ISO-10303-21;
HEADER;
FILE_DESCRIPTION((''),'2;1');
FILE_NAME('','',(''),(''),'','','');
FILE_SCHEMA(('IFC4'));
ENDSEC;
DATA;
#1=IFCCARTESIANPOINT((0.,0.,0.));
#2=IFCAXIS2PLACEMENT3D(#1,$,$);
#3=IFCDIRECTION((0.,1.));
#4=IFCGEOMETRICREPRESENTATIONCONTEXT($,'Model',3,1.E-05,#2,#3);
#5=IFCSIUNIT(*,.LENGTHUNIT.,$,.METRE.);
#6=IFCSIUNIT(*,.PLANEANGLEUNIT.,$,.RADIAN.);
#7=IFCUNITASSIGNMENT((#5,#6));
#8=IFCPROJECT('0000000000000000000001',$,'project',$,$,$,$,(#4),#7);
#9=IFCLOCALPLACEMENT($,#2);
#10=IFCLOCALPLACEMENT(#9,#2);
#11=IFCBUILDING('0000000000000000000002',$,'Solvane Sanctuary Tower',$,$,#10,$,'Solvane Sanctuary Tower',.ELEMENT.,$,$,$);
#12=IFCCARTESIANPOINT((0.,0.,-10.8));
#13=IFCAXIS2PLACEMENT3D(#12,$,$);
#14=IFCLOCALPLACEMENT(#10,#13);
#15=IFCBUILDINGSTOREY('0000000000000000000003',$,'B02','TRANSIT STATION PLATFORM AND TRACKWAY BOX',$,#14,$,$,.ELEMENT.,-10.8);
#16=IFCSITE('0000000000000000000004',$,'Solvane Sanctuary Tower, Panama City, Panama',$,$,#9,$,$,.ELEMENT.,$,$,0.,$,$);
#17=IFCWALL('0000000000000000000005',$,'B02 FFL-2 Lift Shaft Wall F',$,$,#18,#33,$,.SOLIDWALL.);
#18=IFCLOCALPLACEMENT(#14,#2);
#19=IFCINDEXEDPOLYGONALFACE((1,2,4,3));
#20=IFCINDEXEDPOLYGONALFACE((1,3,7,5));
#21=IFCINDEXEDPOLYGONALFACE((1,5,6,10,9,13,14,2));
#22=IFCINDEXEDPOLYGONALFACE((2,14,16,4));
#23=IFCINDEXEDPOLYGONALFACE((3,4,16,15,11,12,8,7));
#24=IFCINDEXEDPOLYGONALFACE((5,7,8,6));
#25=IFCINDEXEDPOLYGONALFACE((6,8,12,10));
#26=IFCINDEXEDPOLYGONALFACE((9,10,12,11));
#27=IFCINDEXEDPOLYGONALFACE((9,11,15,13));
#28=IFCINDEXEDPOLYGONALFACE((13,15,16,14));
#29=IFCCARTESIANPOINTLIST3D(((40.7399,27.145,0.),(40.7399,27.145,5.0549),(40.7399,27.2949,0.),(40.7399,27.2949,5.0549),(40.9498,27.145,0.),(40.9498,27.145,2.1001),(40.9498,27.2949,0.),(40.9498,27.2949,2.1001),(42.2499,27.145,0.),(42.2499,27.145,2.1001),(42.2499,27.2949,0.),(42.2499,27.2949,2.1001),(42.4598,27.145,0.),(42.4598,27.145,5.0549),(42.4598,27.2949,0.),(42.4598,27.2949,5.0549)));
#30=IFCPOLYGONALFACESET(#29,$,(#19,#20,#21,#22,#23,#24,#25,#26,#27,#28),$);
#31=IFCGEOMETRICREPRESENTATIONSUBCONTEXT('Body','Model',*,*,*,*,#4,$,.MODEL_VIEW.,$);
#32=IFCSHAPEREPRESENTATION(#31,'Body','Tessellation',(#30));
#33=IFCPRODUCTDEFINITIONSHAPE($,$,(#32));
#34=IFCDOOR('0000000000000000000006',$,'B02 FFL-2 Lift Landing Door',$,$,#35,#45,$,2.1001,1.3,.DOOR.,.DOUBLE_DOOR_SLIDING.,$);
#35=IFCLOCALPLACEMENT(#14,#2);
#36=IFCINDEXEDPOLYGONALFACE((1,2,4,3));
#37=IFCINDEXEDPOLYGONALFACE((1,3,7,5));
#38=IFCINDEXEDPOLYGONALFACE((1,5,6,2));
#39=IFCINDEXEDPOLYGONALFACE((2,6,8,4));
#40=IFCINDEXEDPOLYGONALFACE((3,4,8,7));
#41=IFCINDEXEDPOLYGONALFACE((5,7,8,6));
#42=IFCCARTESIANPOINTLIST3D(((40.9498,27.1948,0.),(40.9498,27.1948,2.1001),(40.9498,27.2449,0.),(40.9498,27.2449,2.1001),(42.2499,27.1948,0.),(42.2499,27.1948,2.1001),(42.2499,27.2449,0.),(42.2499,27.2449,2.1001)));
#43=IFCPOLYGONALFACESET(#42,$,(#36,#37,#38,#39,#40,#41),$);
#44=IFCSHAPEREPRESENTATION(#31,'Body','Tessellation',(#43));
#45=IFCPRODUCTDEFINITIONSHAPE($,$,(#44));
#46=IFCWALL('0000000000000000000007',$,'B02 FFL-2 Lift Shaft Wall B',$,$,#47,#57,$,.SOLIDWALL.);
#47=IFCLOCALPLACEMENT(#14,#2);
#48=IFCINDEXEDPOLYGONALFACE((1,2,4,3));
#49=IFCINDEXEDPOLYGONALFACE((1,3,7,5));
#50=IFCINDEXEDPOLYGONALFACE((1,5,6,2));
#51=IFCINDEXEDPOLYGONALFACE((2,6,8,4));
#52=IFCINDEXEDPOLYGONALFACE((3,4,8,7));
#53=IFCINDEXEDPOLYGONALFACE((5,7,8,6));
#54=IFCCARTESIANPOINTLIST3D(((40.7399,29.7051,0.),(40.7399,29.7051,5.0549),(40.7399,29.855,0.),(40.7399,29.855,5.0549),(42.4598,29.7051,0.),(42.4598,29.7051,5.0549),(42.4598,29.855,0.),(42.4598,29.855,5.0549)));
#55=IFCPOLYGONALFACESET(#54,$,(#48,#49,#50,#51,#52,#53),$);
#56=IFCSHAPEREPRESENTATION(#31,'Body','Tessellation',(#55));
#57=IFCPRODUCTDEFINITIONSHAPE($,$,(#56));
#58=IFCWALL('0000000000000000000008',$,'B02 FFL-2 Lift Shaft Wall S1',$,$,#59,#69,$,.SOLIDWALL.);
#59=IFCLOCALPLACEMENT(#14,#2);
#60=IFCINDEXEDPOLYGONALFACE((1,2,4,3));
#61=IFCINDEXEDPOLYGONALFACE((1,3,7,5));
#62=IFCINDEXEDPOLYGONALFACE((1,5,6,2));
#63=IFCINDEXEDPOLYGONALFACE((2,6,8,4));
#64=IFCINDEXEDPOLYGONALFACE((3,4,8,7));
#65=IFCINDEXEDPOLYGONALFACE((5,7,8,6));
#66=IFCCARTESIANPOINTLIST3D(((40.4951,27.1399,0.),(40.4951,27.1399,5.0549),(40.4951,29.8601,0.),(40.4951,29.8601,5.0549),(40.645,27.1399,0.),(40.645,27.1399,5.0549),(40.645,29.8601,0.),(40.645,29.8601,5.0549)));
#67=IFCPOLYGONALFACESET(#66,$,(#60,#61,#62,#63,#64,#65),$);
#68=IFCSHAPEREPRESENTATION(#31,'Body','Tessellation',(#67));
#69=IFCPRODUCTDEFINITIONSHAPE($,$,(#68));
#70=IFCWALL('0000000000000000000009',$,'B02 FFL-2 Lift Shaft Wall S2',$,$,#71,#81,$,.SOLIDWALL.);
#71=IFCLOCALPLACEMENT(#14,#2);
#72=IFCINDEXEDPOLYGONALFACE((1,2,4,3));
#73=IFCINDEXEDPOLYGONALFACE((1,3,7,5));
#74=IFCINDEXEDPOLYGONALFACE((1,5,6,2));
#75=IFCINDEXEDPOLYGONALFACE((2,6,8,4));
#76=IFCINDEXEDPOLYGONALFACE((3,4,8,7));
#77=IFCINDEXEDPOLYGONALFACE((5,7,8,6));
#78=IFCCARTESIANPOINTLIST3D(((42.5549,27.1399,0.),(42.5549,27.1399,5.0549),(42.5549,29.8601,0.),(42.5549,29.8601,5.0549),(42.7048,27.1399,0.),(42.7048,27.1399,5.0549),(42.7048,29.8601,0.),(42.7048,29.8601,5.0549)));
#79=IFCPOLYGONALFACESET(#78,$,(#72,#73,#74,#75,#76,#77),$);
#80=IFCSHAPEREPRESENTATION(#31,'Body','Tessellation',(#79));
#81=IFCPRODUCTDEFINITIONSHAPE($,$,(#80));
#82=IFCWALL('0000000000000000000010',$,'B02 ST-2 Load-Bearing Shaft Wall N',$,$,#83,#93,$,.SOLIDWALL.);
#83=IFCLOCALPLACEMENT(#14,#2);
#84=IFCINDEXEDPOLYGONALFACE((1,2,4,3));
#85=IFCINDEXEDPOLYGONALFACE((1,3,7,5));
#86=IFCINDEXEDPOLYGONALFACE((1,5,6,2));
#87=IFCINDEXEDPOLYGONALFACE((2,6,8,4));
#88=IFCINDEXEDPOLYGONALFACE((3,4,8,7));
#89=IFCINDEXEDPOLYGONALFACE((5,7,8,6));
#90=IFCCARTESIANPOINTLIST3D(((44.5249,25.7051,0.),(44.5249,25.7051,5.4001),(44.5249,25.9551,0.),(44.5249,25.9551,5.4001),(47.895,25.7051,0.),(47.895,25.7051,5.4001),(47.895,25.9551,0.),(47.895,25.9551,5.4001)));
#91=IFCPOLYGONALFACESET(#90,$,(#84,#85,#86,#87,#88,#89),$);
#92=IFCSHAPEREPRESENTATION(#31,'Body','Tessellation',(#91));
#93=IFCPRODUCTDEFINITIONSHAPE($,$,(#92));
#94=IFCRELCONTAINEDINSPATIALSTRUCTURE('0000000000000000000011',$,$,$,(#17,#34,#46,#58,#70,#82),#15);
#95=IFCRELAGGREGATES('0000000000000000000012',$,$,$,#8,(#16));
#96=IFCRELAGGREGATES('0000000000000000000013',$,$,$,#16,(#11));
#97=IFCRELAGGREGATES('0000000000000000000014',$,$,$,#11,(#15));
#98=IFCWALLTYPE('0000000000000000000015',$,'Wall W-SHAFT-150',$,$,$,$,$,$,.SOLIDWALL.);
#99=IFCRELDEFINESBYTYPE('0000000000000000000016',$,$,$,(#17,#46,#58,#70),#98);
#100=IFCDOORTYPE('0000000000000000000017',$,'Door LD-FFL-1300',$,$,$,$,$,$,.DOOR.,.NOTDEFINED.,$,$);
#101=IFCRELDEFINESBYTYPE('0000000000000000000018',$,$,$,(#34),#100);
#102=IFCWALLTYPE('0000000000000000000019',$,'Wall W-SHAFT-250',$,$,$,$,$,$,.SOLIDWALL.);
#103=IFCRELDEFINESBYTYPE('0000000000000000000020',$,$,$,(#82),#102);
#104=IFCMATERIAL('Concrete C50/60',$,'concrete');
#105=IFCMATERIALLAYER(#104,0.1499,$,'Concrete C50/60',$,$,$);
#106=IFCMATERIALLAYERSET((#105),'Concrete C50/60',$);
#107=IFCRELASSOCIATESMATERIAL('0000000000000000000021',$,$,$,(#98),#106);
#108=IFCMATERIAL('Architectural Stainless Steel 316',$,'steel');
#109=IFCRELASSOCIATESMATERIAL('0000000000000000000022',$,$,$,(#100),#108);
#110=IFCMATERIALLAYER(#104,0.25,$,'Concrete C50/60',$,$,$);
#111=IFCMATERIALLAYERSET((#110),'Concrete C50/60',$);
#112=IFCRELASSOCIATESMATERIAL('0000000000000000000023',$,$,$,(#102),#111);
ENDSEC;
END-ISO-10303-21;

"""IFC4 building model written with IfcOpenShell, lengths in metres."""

from ifc_helpers import new_model, si_unit, direction, frame, frame_2d, origin, place, context, subcontext, project, spatial, rectangle, extrude, material, layer, layer_set, type_object, element, fill, save


model = new_model("IFC4")

# Units and contexts
model_context = context("Model", 3, precision=1e-05, world=origin(), true_north=direction((0.0, 1.0)))
body_context = subcontext(model_context, "Body", "Model", "MODEL_VIEW")
ifc_project = project(units=[si_unit("LENGTHUNIT", "METRE"), si_unit("PLANEANGLEUNIT", "RADIAN")], contexts=[model_context])

# Site, building, storey
site_placement = place(None, origin())
site = spatial("IfcSite", under=ifc_project, at=site_placement, Name="Solvane Sanctuary Tower, Panama City, Panama", CompositionType="ELEMENT", RefElevation=0.0)
building_placement = place(site_placement, origin())
building = spatial("IfcBuilding", under=site, at=building_placement, Name="Solvane Sanctuary Tower", LongName="Solvane Sanctuary Tower", CompositionType="ELEMENT")
storey_placement = place(building_placement, frame((0.0, 0.0, -10.8)))
storey = spatial("IfcBuildingStorey", under=building, at=storey_placement, Name="B02", Description="TRANSIT STATION PLATFORM AND TRACKWAY BOX", CompositionType="ELEMENT", Elevation=-10.8)

# Shared definitions
ifc_material_1 = material(Name="Architectural Stainless Steel 316", Category="steel")

# Wall, opening, door
ifc_material_2 = material(Name="Concrete C50/60", Category="concrete")
ifc_layer_1 = layer(ifc_material_2, 0.1499, Name="Concrete C50/60")
ifc_layer_set_1 = layer_set([ifc_layer_1], Name="Concrete C50/60")
wall_type_1 = type_object("IfcWallType", Name="Wall W-SHAFT-150", PredefinedType="SOLIDWALL", material=ifc_layer_set_1)
wall_1_placement = place(storey_placement, frame((40.74, 27.22, 0.0), z_axis=(0.0, 0.0, 1.0), x_axis=(1.0, 0.0, 0.0)))
wall_1 = element("IfcWall", 1, at=wall_1_placement, inside=storey, type_object=wall_type_1, Name="B02 FFL-2 Lift Shaft Wall F", PredefinedType="SOLIDWALL", context=body_context, shape_type="SweptSolid", body=[
    extrude(rectangle(XDim=1.72, YDim=0.1499, at=frame_2d((0.8599, 0.0))), origin(), (0.0, 0.0, 1.0), 5.0549),
])
opening_1_placement = place(wall_1_placement, frame((0.21, 0.0, 0.0)))
opening_1 = element("IfcOpeningElement", 2, at=opening_1_placement, cuts=wall_1, PredefinedType="OPENING", context=body_context, shape_type="SweptSolid", body=[
    extrude(rectangle(XDim=1.3, YDim=2.1001, at=frame_2d((0.6499, 1.05))), frame((0.0, 0.085, 0.0), z_axis=(0.0, -1.0, 0.0), x_axis=(1.0, 0.0, 0.0)), (0.0, 0.0, 1.0), 0.1699),
])
door_type_1 = type_object("IfcDoorType", Name="Door LD-FFL-1300", OperationType="NOTDEFINED", PredefinedType="DOOR", material=ifc_material_1)
door_1_placement = place(opening_1_placement, origin())
door_1 = element("IfcDoor", 3, at=door_1_placement, inside=storey, type_object=door_type_1, Name="B02 FFL-2 Lift Landing Door", OperationType="DOUBLE_DOOR_SLIDING", OverallHeight=2.1001, OverallWidth=1.3, PredefinedType="DOOR", context=body_context, shape_type="SweptSolid", body=[
    extrude(rectangle(XDim=1.3, YDim=2.1001, at=frame_2d((0.6499, 1.05))), frame((0.0, 0.0249, 0.0), z_axis=(0.0, -1.0, 0.0), x_axis=(1.0, 0.0, 0.0)), (0.0, 0.0, 1.0), 0.05),
])
fill(opening_1, door_1)

# Walls
wall_2_placement = place(storey_placement, frame((40.74, 29.78, 0.0), z_axis=(0.0, 0.0, 1.0), x_axis=(1.0, 0.0, 0.0)))
element("IfcWall", 4, at=wall_2_placement, inside=storey, type_object=wall_type_1, Name="B02 FFL-2 Lift Shaft Wall B", PredefinedType="SOLIDWALL", context=body_context, shape_type="SweptSolid", body=[
    extrude(rectangle(XDim=1.72, YDim=0.1499, at=frame_2d((0.8599, 0.0))), origin(), (0.0, 0.0, 1.0), 5.0549),
])
for number, where, z_axis, x_axis, name in (
    (5, (40.5701, 27.1399, 0.0), (0.0, 0.0, 1.0), (0.0, 1.0, 0.0), "B02 FFL-2 Lift Shaft Wall S1"),
    (6, (42.6299, 27.1399, 0.0), (0.0, 0.0, 1.0), (0.0, 1.0, 0.0), "B02 FFL-2 Lift Shaft Wall S2"),
):
    element("IfcWall", number, at=place(storey_placement, frame(where, z_axis=z_axis, x_axis=x_axis)), inside=storey, type_object=wall_type_1, Name=name, PredefinedType="SOLIDWALL", context=body_context, shape_type="SweptSolid", body=[
        extrude(rectangle(XDim=2.7202, YDim=0.1499, at=frame_2d((1.3601, 0.0))), origin(), (0.0, 0.0, 1.0), 5.0549),
    ])
ifc_layer_2 = layer(ifc_material_2, 0.25, Name="Concrete C50/60")
ifc_layer_set_2 = layer_set([ifc_layer_2], Name="Concrete C50/60")
wall_type_2 = type_object("IfcWallType", Name="Wall W-SHAFT-250", PredefinedType="SOLIDWALL", material=ifc_layer_set_2)
wall_3_placement = place(storey_placement, frame((44.5249, 25.8301, 0.0), z_axis=(0.0, 0.0, 1.0), x_axis=(1.0, 0.0, 0.0)))
element("IfcWall", 7, at=wall_3_placement, inside=storey, type_object=wall_type_2, Name="B02 ST-2 Load-Bearing Shaft Wall N", PredefinedType="SOLIDWALL", context=body_context, shape_type="SweptSolid", body=[
    extrude(rectangle(XDim=3.3701, YDim=0.25, at=frame_2d((1.6851, 0.0))), origin(), (0.0, 0.0, 1.0), 5.4001),
])

save(model, "model.ifc")
